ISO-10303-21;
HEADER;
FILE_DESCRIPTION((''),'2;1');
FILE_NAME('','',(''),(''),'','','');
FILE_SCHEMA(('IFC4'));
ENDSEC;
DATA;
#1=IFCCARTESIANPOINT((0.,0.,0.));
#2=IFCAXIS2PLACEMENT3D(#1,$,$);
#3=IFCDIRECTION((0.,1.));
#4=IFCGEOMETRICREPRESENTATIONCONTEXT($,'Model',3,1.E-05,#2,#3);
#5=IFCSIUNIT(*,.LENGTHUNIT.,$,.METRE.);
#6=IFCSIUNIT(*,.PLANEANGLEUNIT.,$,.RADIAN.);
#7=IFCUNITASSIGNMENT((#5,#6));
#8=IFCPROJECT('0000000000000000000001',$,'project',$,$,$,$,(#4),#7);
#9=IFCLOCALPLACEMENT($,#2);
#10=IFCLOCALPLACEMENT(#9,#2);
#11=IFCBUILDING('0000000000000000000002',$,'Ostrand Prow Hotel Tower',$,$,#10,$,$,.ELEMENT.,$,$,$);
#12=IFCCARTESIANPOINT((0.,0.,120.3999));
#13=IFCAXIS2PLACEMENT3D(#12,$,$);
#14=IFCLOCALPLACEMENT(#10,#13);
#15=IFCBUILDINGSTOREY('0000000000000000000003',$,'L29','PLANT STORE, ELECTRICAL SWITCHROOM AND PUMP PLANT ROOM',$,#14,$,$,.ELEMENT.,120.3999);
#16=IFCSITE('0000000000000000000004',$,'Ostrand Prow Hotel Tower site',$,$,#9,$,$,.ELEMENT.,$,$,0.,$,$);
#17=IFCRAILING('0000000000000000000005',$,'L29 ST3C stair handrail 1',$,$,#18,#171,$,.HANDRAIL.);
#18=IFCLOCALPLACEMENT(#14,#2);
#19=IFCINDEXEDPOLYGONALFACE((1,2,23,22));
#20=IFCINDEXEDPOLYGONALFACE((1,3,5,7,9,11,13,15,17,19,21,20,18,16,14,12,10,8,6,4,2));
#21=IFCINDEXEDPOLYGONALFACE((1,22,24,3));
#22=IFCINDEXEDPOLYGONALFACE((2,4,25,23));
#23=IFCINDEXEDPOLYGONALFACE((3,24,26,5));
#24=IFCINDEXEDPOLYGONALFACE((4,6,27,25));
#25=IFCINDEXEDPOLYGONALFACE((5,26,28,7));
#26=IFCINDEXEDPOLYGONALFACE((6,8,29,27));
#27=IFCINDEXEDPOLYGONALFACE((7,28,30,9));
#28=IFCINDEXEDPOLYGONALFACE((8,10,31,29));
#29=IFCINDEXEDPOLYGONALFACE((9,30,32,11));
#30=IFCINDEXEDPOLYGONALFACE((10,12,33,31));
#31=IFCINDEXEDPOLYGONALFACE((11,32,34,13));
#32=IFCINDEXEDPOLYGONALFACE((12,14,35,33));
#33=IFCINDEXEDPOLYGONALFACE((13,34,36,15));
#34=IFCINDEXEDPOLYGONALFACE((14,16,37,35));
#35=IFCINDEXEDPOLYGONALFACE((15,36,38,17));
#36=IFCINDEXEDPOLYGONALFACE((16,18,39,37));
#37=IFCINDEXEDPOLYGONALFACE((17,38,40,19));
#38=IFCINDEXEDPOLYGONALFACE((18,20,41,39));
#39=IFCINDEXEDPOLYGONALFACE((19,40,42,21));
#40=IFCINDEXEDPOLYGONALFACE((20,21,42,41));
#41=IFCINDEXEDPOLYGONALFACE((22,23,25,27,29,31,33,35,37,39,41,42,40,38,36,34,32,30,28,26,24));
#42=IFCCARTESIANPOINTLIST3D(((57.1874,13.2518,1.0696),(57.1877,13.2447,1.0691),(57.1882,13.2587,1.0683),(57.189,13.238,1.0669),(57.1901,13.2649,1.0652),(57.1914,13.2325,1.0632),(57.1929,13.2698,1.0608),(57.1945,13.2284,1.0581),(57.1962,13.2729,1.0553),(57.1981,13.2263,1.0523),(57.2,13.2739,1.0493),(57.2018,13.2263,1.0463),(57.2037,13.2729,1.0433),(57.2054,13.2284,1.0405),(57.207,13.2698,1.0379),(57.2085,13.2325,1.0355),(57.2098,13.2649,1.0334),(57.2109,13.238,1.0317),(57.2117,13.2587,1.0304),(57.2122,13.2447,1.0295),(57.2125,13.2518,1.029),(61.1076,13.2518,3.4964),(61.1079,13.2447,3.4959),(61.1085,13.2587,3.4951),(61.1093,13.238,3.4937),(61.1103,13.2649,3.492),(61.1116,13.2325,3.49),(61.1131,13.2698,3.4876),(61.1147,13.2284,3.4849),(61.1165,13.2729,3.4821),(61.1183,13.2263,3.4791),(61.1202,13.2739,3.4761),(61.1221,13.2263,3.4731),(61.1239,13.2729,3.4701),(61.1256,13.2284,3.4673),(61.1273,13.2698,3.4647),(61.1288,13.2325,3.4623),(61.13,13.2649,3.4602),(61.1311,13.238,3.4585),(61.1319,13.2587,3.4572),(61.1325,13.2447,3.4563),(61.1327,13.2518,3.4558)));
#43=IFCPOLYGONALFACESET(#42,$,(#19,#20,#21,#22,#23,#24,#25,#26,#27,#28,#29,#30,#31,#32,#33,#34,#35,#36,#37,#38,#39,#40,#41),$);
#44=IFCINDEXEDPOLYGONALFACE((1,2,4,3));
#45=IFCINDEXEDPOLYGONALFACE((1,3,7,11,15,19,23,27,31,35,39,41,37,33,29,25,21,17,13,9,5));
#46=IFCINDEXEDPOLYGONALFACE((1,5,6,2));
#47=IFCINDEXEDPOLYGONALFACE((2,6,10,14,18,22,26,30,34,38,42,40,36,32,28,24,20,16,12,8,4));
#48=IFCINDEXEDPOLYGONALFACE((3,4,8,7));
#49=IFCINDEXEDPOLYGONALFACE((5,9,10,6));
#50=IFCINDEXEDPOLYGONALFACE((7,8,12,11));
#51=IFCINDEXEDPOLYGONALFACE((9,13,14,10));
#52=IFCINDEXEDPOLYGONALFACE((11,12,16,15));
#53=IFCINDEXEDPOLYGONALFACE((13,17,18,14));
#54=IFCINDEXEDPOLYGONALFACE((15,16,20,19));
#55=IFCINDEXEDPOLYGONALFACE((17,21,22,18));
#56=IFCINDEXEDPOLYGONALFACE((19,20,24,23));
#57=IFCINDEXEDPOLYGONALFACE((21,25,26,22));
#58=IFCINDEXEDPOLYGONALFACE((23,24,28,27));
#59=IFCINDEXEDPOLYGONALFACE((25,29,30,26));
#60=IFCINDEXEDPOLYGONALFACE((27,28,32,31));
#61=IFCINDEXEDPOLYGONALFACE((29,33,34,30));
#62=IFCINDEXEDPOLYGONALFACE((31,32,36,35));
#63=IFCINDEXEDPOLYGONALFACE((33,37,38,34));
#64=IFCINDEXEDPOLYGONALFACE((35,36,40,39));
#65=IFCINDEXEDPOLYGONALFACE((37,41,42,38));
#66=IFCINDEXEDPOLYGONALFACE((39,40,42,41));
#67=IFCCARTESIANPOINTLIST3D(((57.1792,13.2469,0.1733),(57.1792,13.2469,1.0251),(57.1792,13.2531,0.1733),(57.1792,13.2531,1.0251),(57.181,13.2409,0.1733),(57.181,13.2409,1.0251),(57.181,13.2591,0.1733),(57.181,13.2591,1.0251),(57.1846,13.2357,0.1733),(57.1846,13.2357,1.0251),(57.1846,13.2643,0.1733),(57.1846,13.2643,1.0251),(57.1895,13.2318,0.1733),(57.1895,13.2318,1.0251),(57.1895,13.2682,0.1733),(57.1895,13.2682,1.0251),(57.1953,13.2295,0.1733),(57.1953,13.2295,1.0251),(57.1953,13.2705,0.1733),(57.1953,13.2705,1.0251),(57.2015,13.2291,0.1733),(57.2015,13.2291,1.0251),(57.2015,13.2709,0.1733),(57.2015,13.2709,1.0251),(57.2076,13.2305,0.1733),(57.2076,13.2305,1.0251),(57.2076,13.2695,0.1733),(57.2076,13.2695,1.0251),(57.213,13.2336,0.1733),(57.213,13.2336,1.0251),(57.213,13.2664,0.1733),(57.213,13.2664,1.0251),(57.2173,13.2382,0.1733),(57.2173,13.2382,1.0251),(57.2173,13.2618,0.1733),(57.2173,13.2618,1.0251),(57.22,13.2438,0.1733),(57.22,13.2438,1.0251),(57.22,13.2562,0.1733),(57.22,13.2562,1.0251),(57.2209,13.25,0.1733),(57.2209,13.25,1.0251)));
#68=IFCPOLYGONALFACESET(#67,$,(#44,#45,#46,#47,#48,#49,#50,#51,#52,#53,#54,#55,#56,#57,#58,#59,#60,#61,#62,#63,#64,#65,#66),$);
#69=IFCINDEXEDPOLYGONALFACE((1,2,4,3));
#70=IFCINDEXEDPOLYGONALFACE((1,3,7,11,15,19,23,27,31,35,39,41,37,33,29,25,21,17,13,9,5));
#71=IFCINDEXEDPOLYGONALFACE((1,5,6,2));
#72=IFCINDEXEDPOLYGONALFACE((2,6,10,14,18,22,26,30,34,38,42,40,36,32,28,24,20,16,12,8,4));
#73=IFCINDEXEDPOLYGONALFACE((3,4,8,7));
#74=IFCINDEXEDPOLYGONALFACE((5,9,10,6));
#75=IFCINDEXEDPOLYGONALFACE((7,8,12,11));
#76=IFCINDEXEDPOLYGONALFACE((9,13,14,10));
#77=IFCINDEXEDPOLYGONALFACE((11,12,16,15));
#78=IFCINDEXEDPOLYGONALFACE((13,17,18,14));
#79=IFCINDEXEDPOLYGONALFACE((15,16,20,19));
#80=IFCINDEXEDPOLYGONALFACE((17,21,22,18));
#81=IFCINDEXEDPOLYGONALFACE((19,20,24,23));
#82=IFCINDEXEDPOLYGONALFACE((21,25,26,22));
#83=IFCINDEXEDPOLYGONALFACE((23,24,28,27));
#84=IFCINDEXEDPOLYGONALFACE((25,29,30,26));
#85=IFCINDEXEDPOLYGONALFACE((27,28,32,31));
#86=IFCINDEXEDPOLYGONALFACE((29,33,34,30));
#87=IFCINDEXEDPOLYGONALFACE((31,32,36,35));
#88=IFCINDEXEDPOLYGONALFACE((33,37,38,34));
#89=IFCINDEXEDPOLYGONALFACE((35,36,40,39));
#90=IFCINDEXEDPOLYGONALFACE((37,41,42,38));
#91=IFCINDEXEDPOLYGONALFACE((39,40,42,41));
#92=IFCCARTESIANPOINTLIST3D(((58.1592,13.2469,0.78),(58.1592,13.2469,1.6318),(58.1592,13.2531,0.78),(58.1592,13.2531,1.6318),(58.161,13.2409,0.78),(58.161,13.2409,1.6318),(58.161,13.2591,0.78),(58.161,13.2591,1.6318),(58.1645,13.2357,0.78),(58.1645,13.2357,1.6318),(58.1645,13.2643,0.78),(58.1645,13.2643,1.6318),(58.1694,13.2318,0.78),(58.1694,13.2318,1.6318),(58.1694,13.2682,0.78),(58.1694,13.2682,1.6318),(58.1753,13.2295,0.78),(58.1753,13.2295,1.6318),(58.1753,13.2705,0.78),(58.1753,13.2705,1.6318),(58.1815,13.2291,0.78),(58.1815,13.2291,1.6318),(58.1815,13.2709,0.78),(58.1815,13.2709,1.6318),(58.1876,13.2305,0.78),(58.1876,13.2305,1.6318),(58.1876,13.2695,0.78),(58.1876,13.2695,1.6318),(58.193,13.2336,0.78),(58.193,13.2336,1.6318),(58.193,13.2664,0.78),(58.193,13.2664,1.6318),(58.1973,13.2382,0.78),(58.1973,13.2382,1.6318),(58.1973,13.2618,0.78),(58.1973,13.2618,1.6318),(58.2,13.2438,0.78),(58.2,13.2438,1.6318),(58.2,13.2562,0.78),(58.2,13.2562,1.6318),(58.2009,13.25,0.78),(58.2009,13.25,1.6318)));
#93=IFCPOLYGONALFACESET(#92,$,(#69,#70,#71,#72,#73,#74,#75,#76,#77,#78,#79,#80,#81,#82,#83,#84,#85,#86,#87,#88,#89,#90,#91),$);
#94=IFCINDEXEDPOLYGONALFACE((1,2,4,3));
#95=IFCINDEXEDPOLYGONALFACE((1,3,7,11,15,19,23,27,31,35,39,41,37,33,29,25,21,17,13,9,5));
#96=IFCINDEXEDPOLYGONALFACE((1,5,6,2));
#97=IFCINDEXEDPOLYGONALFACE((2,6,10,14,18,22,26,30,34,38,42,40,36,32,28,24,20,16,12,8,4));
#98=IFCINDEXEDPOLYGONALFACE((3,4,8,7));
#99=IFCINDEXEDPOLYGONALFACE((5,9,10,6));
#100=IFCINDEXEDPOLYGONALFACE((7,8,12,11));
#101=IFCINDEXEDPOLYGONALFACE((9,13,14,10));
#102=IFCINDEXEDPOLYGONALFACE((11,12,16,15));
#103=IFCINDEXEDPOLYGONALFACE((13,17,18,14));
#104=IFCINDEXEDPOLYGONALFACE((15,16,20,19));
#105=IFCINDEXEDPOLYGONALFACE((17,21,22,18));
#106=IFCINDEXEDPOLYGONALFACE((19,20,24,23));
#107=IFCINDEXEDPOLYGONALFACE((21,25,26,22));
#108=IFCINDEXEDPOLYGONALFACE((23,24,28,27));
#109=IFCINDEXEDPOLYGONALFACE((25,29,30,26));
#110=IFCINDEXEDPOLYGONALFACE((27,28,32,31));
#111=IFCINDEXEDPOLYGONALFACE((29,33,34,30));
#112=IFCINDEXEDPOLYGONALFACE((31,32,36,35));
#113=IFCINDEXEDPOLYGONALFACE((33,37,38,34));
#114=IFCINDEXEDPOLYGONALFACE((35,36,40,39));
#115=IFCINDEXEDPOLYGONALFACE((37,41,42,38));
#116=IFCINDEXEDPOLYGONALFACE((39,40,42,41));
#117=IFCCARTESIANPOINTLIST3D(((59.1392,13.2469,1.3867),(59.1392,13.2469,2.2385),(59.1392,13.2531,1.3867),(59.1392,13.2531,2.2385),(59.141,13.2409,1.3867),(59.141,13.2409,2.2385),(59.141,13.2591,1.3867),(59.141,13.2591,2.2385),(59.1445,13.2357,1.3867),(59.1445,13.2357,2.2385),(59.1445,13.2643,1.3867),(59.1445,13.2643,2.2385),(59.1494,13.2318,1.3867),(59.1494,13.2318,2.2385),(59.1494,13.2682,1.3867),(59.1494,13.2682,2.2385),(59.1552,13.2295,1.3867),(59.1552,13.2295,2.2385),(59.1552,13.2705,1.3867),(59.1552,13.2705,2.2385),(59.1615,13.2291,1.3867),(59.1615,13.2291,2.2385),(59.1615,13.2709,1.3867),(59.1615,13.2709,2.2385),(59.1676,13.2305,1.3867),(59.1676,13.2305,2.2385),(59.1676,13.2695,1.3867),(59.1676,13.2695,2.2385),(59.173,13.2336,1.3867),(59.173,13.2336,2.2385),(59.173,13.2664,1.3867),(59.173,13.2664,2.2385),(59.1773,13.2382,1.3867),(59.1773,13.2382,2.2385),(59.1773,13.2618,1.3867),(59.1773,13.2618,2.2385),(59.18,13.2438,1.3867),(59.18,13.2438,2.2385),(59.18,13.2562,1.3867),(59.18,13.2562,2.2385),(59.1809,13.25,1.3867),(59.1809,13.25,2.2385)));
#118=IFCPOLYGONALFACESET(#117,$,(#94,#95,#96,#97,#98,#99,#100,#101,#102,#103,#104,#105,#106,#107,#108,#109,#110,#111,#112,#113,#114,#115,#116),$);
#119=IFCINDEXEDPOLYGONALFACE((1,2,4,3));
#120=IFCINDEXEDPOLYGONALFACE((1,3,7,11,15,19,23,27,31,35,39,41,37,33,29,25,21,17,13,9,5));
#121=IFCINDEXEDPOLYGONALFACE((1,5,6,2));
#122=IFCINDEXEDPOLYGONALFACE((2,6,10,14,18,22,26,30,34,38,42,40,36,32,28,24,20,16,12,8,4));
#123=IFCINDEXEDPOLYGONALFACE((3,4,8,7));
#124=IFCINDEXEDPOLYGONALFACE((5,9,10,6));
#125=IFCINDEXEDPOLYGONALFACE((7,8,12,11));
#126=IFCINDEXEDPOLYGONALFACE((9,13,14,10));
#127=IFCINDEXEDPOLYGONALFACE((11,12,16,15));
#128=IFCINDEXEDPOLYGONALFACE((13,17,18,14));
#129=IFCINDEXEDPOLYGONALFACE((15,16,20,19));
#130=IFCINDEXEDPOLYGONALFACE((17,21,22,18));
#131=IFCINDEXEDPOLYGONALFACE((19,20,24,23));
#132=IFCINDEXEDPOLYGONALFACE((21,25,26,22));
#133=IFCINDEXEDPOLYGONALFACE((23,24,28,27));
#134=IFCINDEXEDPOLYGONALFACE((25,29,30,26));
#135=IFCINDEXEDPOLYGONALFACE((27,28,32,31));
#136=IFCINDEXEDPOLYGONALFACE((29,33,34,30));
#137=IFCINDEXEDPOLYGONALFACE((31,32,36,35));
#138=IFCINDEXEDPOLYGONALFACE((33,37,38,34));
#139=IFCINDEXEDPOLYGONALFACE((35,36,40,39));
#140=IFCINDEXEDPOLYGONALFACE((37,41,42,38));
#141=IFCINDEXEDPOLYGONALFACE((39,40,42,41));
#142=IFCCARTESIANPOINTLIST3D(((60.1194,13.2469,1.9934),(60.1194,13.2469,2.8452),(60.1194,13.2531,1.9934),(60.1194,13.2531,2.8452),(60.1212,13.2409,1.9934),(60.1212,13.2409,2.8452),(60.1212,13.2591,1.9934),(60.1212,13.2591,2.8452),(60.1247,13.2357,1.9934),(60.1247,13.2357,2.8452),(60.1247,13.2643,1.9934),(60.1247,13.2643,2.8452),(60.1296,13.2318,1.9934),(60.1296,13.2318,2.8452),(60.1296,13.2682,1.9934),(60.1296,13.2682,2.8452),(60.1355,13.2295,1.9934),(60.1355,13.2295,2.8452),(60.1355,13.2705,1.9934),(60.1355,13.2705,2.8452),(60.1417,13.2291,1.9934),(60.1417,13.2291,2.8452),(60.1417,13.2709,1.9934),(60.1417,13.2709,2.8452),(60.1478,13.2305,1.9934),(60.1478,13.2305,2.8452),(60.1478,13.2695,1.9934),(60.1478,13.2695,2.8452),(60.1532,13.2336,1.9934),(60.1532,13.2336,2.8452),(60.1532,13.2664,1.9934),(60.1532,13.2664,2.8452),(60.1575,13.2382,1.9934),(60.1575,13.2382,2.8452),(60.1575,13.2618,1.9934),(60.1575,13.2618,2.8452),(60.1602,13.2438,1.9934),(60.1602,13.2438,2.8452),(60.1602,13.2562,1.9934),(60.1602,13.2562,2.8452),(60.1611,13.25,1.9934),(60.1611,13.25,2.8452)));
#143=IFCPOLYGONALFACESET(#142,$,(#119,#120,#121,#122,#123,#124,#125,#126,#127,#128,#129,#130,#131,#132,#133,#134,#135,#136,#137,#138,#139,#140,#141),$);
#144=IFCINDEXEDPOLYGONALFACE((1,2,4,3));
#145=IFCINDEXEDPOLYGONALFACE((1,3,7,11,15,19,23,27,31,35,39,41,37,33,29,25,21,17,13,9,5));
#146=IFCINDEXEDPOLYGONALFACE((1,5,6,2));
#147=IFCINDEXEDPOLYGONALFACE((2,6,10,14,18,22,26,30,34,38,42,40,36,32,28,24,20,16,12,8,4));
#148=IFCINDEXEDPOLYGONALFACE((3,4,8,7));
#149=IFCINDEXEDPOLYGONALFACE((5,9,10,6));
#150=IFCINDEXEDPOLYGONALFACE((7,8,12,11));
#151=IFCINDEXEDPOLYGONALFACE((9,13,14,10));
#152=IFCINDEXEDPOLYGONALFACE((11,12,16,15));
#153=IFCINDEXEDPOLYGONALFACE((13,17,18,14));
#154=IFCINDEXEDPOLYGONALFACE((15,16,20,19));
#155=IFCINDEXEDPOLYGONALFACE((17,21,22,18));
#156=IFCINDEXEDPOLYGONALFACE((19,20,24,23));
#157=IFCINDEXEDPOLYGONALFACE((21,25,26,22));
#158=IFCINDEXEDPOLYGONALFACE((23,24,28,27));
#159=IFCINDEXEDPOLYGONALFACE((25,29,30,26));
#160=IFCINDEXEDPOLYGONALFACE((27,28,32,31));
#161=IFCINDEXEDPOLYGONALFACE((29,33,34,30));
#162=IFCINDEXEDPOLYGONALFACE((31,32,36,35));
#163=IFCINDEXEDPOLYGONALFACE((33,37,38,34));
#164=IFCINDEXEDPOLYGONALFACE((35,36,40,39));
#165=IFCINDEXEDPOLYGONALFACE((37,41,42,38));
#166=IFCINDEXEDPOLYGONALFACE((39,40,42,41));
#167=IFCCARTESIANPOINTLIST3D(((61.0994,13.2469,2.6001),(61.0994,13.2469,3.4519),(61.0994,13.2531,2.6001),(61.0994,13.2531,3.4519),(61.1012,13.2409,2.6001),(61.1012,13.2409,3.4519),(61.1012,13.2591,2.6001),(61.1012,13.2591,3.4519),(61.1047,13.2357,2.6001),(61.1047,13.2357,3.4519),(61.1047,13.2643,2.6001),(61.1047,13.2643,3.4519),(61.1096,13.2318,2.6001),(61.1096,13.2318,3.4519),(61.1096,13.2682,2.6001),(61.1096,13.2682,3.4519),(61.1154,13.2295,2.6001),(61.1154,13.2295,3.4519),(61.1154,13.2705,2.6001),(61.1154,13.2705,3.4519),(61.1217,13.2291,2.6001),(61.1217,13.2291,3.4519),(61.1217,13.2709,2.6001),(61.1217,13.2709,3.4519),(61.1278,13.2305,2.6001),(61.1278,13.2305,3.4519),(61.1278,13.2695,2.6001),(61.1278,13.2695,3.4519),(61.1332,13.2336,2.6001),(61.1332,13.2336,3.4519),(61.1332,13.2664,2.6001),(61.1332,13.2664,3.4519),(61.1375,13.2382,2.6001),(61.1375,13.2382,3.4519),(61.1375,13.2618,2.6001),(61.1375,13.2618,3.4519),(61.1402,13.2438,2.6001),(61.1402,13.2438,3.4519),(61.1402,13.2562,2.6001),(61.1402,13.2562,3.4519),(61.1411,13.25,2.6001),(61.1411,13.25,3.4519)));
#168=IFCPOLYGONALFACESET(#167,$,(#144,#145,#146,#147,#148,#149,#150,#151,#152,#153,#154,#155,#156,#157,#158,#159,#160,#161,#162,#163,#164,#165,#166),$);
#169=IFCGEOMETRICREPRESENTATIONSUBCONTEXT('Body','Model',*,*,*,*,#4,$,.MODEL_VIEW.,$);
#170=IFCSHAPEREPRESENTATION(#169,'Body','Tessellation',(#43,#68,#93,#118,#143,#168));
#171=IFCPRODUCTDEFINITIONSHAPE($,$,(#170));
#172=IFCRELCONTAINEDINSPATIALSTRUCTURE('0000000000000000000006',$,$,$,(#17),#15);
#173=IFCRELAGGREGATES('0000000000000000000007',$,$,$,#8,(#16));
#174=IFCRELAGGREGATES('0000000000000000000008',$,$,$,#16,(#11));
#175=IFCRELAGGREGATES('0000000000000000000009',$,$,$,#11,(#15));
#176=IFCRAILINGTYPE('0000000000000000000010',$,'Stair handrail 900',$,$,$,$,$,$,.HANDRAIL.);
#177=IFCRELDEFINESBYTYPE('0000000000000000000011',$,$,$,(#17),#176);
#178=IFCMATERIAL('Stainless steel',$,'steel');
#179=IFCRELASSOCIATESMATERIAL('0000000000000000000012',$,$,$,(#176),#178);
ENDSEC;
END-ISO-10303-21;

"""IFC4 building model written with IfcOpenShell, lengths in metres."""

from ifc_helpers import new_model, si_unit, direction, frame, origin, origin_2d, place, context, subcontext, project, spatial, circle, extrude, material, type_object, element, save


model = new_model("IFC4")

# Units and contexts
model_context = context("Model", 3, precision=1e-05, world=origin(), true_north=direction((0.0, 1.0)))
body_context = subcontext(model_context, "Body", "Model", "MODEL_VIEW")
ifc_project = project(units=[si_unit("LENGTHUNIT", "METRE"), si_unit("PLANEANGLEUNIT", "RADIAN")], contexts=[model_context])

# Site, building, storey
site_placement = place(None, origin())
site = spatial("IfcSite", under=ifc_project, at=site_placement, Name="Ostrand Prow Hotel Tower site", CompositionType="ELEMENT", RefElevation=0.0)
building_placement = place(site_placement, origin())
building = spatial("IfcBuilding", under=site, at=building_placement, Name="Ostrand Prow Hotel Tower", CompositionType="ELEMENT")
storey_placement = place(building_placement, frame((0.0, 0.0, 120.3999)))
storey = spatial("IfcBuildingStorey", under=building, at=storey_placement, Name="L29", Description="PLANT STORE, ELECTRICAL SWITCHROOM AND PUMP PLANT ROOM", CompositionType="ELEMENT", Elevation=120.3999)

# Railing
ifc_material_1 = material(Name="Stainless steel", Category="steel")
railing_type_1 = type_object("IfcRailingType", Name="Stair handrail 900", PredefinedType="HANDRAIL", material=ifc_material_1)
for number, where, name in (
    (1, (57.2, 13.25, 0.1733), "L29 ST3C stair handrail 1"),
):
    element("IfcRailing", number, at=place(storey_placement, frame(where)), inside=storey, type_object=railing_type_1, Name=name, PredefinedType="HANDRAIL", context=body_context, shape_type="SweptSolid", body=[
        extrude(circle(Radius=0.0239, at=origin_2d()), frame((0.0, 0.0, 0.876), z_axis=(0.850266, 0.0, 0.526353), x_axis=(0.0, 1.0, 0.0)), (0.0, 0.0, 1.0), 4.6106),
        extrude(circle(Radius=0.021, at=origin_2d()), origin(), (0.0, 0.0, 1.0), 0.8518),
        extrude(circle(Radius=0.021, at=origin_2d()), frame((0.98, 0.0, 0.6067)), (0.0, 0.0, 1.0), 0.8518),
        extrude(circle(Radius=0.021, at=origin_2d()), frame((1.96, 0.0, 1.2134)), (0.0, 0.0, 1.0), 0.8518),
        extrude(circle(Radius=0.021, at=origin_2d()), frame((2.9402, 0.0, 1.8201)), (0.0, 0.0, 1.0), 0.8518),
        extrude(circle(Radius=0.021, at=origin_2d()), frame((3.9202, 0.0, 2.4268)), (0.0, 0.0, 1.0), 0.8518),
    ])

save(model, "model.ifc")
